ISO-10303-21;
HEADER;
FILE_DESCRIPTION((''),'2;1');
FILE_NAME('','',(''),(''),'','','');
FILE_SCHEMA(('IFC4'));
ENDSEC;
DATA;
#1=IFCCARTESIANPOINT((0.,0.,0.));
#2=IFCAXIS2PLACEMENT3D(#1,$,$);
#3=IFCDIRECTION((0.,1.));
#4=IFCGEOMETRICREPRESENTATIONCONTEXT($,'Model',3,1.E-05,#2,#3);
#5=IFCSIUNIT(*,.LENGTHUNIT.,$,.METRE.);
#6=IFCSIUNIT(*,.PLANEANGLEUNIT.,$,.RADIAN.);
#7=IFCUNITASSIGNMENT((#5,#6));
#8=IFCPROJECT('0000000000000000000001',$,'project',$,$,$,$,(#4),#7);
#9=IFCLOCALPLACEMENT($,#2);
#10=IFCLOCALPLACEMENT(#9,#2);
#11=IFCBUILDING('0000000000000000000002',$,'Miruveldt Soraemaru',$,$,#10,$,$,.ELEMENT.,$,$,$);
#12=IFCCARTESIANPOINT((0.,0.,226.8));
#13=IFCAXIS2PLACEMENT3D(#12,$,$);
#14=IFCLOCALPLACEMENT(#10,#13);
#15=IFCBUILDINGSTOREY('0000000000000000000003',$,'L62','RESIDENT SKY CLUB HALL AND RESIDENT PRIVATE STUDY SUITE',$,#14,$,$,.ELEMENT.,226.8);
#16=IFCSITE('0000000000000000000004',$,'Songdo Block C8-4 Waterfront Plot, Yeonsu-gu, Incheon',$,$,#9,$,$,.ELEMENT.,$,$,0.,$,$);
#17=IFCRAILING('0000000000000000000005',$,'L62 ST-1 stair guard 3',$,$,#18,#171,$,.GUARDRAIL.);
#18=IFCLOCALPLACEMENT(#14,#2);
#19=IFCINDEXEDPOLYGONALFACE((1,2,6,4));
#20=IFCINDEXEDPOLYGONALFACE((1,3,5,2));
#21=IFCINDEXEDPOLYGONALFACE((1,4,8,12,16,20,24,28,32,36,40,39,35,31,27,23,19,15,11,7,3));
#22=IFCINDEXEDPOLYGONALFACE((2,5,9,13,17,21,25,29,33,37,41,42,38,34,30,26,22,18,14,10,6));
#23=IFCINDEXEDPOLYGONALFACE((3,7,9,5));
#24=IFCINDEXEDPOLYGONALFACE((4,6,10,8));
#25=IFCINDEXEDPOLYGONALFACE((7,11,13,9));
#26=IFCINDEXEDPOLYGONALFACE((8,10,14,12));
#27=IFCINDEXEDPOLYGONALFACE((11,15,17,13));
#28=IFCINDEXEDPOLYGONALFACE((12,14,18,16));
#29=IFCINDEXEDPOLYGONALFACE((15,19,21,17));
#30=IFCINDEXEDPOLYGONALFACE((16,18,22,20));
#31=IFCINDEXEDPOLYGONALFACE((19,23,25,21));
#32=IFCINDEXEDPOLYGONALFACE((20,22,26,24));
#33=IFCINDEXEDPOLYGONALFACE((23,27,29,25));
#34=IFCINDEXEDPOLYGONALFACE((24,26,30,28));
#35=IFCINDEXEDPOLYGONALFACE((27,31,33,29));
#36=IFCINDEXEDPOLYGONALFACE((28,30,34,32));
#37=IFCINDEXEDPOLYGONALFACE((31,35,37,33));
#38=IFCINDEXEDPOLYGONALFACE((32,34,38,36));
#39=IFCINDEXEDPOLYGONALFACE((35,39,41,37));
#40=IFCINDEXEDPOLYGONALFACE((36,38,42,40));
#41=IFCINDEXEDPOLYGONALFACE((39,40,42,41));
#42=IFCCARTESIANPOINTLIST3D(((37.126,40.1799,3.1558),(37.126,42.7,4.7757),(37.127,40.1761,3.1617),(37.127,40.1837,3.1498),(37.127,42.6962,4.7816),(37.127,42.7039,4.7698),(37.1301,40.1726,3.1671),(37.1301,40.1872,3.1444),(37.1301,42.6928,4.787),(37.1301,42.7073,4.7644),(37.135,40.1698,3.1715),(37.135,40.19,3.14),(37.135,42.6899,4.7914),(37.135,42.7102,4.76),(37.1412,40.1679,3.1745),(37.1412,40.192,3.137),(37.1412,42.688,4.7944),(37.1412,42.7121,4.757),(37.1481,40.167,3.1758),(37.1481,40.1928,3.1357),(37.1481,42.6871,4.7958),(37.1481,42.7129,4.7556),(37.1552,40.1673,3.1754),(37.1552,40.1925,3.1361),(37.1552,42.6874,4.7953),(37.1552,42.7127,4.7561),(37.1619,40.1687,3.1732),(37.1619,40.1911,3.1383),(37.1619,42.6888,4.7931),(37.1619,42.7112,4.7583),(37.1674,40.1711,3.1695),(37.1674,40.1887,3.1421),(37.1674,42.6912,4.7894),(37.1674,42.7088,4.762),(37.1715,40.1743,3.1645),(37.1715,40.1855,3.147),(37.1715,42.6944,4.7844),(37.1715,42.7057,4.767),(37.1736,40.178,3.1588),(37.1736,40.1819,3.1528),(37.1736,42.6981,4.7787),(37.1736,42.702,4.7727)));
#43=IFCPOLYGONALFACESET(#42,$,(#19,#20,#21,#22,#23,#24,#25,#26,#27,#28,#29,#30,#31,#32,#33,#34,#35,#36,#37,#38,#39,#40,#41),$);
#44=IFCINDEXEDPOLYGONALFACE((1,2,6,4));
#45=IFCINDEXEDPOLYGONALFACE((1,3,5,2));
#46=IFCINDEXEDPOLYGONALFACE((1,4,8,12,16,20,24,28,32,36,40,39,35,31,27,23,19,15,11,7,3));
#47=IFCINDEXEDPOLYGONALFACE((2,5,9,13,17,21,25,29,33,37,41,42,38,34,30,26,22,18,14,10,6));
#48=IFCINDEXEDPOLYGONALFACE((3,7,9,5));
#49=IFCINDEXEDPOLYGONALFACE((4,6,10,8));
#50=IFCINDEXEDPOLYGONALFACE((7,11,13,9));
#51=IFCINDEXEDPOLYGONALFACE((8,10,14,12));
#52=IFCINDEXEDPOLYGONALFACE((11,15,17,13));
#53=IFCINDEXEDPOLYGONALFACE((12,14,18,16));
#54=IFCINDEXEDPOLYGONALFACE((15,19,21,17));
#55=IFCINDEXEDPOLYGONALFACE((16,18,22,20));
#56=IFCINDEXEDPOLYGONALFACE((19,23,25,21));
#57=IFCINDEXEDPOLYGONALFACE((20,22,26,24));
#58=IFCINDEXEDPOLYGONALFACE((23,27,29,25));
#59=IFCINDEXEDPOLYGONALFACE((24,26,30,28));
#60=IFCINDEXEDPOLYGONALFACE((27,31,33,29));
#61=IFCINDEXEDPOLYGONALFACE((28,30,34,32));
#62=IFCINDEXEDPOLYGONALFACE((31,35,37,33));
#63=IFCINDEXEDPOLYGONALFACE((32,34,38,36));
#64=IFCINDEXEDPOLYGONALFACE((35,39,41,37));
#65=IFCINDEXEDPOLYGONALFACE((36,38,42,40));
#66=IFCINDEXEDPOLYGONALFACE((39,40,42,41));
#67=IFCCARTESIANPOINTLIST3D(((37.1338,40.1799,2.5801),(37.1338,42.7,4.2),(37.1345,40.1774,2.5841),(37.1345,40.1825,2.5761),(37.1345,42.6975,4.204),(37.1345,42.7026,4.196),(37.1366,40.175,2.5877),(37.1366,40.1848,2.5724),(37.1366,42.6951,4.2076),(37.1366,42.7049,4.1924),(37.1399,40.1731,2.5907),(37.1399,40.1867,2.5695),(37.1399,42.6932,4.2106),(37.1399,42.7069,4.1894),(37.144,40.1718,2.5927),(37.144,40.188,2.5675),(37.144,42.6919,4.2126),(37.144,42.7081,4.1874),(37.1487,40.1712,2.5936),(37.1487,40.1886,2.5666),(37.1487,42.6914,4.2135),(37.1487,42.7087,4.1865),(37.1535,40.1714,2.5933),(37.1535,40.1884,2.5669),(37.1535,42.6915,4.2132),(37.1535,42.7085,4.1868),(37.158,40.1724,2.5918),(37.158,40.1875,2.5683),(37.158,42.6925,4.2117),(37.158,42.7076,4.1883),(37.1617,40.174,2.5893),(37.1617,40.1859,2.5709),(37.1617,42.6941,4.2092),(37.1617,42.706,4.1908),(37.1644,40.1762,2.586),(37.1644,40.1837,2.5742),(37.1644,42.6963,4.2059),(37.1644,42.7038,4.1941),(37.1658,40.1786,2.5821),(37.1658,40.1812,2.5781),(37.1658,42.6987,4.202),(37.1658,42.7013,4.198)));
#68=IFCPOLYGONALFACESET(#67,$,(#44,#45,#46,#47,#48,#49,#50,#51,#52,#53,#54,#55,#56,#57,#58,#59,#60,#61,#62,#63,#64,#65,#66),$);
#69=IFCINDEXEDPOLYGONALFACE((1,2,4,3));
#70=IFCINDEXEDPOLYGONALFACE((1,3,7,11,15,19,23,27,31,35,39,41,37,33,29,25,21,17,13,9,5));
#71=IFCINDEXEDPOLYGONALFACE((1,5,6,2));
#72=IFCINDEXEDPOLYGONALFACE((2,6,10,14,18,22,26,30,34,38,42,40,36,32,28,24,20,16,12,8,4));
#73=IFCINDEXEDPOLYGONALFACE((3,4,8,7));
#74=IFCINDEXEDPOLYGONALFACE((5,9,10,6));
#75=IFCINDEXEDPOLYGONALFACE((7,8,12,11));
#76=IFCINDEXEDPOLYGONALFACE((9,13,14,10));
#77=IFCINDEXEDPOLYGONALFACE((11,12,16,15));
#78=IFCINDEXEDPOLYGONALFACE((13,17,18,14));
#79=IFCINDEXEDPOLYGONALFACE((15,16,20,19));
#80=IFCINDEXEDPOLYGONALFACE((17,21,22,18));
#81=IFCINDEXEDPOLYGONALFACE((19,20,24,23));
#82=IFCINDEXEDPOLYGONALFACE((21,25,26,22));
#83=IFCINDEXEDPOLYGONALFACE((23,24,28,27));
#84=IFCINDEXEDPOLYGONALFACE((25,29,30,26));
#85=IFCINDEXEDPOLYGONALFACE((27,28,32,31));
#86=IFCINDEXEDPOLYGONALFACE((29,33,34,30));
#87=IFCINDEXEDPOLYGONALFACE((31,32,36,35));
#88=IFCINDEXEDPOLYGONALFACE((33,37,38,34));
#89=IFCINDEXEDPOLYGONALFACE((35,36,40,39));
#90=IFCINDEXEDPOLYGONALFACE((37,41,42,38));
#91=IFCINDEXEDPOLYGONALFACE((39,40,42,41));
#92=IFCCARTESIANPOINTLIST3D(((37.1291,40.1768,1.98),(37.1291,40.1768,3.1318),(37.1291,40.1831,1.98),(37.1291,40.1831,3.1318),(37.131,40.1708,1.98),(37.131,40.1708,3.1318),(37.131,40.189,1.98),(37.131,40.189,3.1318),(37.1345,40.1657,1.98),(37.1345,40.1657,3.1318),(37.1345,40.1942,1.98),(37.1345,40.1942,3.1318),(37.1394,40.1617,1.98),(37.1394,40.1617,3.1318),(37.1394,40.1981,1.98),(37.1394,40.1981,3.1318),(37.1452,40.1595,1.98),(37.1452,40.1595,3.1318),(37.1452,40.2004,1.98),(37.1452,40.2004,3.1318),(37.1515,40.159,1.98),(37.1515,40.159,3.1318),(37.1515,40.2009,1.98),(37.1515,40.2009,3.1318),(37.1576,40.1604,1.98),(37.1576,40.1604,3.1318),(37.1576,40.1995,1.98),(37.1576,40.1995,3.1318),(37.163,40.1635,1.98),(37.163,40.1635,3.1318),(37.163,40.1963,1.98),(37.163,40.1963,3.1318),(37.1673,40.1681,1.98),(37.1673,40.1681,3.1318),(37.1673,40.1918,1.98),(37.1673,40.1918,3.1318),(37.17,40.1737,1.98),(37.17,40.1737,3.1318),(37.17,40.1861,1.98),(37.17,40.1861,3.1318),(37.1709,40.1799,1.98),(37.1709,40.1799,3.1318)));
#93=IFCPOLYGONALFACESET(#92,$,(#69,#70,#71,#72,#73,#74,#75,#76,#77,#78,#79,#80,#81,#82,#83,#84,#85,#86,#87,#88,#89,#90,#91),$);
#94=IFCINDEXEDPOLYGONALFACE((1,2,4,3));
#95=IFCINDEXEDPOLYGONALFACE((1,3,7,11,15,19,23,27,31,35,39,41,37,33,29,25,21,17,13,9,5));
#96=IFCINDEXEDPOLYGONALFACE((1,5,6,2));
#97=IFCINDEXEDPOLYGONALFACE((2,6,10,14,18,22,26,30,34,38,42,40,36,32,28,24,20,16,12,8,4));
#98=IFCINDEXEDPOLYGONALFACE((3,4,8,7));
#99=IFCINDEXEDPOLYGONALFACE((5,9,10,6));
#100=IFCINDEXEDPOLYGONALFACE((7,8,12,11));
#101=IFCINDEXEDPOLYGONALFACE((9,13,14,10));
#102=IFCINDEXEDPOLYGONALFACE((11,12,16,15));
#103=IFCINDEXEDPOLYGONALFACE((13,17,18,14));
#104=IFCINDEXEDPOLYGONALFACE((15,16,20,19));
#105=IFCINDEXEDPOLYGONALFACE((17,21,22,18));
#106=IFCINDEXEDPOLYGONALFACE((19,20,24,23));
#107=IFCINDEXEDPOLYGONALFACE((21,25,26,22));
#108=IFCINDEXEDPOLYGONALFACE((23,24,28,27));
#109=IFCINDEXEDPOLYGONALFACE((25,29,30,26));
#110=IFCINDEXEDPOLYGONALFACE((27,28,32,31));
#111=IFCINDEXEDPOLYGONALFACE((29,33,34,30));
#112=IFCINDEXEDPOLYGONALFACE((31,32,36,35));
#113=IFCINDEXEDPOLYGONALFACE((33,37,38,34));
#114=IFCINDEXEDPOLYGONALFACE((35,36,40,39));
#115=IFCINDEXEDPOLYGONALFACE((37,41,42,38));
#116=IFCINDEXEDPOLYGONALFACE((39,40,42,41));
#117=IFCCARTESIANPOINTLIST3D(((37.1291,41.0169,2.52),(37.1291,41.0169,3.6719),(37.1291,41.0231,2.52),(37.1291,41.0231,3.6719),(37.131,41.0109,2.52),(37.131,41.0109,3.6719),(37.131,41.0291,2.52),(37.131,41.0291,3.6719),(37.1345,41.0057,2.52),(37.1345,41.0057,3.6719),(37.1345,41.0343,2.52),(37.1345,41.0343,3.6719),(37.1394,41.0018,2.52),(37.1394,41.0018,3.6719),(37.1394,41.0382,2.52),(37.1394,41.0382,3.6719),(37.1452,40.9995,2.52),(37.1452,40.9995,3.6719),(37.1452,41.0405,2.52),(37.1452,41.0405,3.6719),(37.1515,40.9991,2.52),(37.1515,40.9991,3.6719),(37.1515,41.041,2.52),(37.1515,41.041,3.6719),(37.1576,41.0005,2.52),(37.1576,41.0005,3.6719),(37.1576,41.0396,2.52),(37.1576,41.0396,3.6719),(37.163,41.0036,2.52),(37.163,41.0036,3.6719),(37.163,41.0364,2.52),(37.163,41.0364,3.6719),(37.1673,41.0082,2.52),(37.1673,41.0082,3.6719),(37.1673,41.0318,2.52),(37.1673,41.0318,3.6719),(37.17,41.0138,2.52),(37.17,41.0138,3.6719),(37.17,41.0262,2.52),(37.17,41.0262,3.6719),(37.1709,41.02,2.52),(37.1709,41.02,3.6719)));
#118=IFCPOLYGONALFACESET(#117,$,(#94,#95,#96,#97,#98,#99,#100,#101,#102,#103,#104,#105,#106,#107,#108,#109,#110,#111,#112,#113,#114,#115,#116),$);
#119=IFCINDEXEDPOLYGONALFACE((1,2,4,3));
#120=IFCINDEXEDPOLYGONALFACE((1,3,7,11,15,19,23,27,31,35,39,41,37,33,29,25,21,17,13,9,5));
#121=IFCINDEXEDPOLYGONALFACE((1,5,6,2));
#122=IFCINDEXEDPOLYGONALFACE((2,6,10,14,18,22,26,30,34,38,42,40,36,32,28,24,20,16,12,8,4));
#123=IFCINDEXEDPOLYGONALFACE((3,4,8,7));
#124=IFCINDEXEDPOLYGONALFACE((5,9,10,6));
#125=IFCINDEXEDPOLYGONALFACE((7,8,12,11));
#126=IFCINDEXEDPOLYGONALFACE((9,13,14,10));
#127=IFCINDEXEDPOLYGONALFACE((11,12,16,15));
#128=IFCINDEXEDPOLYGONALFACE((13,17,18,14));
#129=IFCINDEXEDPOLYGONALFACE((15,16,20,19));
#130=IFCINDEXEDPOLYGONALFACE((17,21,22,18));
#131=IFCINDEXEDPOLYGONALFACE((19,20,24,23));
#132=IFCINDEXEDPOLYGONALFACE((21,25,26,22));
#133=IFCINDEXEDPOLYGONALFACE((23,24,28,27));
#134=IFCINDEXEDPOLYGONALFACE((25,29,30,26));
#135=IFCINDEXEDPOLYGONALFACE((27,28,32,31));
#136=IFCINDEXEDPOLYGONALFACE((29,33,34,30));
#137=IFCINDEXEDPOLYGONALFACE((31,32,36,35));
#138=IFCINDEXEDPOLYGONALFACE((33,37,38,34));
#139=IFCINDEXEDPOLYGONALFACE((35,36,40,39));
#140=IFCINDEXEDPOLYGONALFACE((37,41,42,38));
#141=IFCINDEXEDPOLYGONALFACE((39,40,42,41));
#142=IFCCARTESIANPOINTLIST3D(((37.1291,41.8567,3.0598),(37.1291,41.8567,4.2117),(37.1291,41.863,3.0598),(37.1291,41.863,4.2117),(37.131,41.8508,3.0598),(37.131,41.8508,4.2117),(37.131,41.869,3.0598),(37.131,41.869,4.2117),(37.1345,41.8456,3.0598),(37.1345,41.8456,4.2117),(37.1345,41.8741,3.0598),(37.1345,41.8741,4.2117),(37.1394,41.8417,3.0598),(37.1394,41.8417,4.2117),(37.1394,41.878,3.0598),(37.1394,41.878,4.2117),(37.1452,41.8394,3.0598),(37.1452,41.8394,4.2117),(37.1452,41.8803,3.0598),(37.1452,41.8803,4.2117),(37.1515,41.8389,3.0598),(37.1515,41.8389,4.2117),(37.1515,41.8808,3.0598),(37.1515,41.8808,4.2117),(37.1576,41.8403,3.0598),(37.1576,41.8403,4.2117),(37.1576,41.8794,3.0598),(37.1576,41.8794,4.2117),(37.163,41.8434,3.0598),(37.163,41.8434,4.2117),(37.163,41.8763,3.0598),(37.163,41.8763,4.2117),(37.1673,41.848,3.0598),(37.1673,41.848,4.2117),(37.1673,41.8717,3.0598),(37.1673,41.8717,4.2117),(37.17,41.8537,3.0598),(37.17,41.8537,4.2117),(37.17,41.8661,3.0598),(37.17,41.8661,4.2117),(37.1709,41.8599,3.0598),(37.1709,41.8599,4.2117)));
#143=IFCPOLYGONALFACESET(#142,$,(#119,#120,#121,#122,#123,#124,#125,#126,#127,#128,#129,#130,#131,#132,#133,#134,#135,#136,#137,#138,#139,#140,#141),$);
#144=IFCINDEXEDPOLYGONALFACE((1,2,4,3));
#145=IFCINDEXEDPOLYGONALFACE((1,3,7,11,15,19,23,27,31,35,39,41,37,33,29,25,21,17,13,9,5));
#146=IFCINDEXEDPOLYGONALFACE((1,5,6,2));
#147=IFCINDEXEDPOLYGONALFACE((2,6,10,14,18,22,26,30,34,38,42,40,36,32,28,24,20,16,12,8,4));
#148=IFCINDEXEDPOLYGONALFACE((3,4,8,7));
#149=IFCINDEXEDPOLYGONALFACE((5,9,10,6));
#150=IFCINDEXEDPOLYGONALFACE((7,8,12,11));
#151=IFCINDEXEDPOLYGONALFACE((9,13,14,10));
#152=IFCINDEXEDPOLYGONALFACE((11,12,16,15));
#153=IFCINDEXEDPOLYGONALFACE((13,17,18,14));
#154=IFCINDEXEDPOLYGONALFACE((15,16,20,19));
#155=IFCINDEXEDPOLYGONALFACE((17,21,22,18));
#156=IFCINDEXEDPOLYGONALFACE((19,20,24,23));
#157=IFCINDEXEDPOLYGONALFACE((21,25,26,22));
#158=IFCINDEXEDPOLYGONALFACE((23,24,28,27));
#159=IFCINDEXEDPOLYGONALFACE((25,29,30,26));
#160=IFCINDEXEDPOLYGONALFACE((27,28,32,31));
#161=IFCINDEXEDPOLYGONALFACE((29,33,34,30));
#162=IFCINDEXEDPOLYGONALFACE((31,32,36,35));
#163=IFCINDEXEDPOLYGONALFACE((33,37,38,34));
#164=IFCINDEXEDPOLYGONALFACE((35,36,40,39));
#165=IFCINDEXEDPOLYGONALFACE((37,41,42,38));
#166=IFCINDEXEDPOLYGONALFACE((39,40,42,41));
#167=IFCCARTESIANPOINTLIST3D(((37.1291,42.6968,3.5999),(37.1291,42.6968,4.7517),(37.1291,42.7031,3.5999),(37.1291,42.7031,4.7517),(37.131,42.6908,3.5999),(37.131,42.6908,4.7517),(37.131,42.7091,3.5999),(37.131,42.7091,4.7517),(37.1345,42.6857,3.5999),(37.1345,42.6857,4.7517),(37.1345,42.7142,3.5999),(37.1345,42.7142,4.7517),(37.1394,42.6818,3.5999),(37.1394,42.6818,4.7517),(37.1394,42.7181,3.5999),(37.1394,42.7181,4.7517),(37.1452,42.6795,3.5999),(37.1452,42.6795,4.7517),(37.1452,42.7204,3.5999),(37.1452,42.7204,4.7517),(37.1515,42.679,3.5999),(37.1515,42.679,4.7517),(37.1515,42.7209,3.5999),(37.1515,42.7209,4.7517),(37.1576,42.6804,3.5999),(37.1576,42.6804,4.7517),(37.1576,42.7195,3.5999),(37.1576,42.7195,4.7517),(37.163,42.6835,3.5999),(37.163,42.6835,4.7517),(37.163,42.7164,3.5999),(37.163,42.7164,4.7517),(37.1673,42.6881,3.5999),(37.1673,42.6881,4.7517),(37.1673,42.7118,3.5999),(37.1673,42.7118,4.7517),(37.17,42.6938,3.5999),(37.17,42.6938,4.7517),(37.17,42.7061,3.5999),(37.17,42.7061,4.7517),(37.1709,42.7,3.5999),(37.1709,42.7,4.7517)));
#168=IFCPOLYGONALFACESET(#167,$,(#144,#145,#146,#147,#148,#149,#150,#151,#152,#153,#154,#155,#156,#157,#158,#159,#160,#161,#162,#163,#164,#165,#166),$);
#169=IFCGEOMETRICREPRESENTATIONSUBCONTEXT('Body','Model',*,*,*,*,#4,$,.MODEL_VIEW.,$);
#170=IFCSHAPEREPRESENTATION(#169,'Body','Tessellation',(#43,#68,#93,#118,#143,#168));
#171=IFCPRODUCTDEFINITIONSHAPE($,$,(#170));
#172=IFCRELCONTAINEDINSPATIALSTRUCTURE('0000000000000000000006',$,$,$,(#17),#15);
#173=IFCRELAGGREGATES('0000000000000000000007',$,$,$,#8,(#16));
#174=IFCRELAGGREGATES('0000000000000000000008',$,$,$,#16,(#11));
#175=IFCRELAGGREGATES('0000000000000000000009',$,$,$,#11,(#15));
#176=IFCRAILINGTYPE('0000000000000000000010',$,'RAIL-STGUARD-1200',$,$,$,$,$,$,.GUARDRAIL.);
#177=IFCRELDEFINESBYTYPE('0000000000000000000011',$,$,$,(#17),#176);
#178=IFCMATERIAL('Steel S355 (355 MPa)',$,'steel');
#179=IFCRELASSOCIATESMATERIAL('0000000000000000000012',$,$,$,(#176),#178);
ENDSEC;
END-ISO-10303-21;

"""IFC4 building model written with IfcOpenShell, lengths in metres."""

from ifc_helpers import new_model, si_unit, direction, frame, origin, origin_2d, place, context, subcontext, project, spatial, circle, extrude, material, type_object, element, save


model = new_model("IFC4")

# Units and contexts
model_context = context("Model", 3, precision=1e-05, world=origin(), true_north=direction((0.0, 1.0)))
body_context = subcontext(model_context, "Body", "Model", "MODEL_VIEW")
ifc_project = project(units=[si_unit("LENGTHUNIT", "METRE"), si_unit("PLANEANGLEUNIT", "RADIAN")], contexts=[model_context])

# Site, building, storey
site_placement = place(None, origin())
site = spatial("IfcSite", under=ifc_project, at=site_placement, Name="Songdo Block C8-4 Waterfront Plot, Yeonsu-gu, Incheon", CompositionType="ELEMENT", RefElevation=0.0)
building_placement = place(site_placement, origin())
building = spatial("IfcBuilding", under=site, at=building_placement, Name="Miruveldt Soraemaru", CompositionType="ELEMENT")
storey_placement = place(building_placement, frame((0.0, 0.0, 226.8)))
storey = spatial("IfcBuildingStorey", under=building, at=storey_placement, Name="L62", Description="RESIDENT SKY CLUB HALL AND RESIDENT PRIVATE STUDY SUITE", CompositionType="ELEMENT", Elevation=226.8)

# Railing
ifc_material_1 = material(Name="Steel S355 (355 MPa)", Category="steel")
railing_type_1 = type_object("IfcRailingType", Name="RAIL-STGUARD-1200", PredefinedType="GUARDRAIL", material=ifc_material_1)
railing_1_placement = place(storey_placement, frame((37.1499, 40.1799, 1.98)))
element("IfcRailing", 1, at=railing_1_placement, inside=storey, type_object=railing_type_1, Name="L62 ST-1 stair guard 3", PredefinedType="GUARDRAIL", context=body_context, shape_type="SweptSolid", body=[
    extrude(circle(Radius=0.0239, at=origin_2d()), frame((0.0, 0.0, 1.1758), z_axis=(0.0, 0.8412, 0.540725), x_axis=(-1.0, 0.0, 0.0)), (0.0, 0.0, 1.0), 2.9958),
    extrude(circle(Radius=0.0161, at=origin_2d()), frame((0.0, 0.0, 0.6001), z_axis=(0.0, 0.8412, 0.540725), x_axis=(-1.0, 0.0, 0.0)), (0.0, 0.0, 1.0), 2.9958),
    extrude(circle(Radius=0.021, at=origin_2d()), origin(), (0.0, 0.0, 1.0), 1.1519),
    extrude(circle(Radius=0.021, at=origin_2d()), frame((0.0, 0.8401, 0.54)), (0.0, 0.0, 1.0), 1.1519),
    extrude(circle(Radius=0.021, at=origin_2d()), frame((0.0, 1.6799, 1.0798)), (0.0, 0.0, 1.0), 1.1519),
    extrude(circle(Radius=0.021, at=origin_2d()), frame((0.0, 2.52, 1.6199)), (0.0, 0.0, 1.0), 1.1519),
])

save(model, "model.ifc")
